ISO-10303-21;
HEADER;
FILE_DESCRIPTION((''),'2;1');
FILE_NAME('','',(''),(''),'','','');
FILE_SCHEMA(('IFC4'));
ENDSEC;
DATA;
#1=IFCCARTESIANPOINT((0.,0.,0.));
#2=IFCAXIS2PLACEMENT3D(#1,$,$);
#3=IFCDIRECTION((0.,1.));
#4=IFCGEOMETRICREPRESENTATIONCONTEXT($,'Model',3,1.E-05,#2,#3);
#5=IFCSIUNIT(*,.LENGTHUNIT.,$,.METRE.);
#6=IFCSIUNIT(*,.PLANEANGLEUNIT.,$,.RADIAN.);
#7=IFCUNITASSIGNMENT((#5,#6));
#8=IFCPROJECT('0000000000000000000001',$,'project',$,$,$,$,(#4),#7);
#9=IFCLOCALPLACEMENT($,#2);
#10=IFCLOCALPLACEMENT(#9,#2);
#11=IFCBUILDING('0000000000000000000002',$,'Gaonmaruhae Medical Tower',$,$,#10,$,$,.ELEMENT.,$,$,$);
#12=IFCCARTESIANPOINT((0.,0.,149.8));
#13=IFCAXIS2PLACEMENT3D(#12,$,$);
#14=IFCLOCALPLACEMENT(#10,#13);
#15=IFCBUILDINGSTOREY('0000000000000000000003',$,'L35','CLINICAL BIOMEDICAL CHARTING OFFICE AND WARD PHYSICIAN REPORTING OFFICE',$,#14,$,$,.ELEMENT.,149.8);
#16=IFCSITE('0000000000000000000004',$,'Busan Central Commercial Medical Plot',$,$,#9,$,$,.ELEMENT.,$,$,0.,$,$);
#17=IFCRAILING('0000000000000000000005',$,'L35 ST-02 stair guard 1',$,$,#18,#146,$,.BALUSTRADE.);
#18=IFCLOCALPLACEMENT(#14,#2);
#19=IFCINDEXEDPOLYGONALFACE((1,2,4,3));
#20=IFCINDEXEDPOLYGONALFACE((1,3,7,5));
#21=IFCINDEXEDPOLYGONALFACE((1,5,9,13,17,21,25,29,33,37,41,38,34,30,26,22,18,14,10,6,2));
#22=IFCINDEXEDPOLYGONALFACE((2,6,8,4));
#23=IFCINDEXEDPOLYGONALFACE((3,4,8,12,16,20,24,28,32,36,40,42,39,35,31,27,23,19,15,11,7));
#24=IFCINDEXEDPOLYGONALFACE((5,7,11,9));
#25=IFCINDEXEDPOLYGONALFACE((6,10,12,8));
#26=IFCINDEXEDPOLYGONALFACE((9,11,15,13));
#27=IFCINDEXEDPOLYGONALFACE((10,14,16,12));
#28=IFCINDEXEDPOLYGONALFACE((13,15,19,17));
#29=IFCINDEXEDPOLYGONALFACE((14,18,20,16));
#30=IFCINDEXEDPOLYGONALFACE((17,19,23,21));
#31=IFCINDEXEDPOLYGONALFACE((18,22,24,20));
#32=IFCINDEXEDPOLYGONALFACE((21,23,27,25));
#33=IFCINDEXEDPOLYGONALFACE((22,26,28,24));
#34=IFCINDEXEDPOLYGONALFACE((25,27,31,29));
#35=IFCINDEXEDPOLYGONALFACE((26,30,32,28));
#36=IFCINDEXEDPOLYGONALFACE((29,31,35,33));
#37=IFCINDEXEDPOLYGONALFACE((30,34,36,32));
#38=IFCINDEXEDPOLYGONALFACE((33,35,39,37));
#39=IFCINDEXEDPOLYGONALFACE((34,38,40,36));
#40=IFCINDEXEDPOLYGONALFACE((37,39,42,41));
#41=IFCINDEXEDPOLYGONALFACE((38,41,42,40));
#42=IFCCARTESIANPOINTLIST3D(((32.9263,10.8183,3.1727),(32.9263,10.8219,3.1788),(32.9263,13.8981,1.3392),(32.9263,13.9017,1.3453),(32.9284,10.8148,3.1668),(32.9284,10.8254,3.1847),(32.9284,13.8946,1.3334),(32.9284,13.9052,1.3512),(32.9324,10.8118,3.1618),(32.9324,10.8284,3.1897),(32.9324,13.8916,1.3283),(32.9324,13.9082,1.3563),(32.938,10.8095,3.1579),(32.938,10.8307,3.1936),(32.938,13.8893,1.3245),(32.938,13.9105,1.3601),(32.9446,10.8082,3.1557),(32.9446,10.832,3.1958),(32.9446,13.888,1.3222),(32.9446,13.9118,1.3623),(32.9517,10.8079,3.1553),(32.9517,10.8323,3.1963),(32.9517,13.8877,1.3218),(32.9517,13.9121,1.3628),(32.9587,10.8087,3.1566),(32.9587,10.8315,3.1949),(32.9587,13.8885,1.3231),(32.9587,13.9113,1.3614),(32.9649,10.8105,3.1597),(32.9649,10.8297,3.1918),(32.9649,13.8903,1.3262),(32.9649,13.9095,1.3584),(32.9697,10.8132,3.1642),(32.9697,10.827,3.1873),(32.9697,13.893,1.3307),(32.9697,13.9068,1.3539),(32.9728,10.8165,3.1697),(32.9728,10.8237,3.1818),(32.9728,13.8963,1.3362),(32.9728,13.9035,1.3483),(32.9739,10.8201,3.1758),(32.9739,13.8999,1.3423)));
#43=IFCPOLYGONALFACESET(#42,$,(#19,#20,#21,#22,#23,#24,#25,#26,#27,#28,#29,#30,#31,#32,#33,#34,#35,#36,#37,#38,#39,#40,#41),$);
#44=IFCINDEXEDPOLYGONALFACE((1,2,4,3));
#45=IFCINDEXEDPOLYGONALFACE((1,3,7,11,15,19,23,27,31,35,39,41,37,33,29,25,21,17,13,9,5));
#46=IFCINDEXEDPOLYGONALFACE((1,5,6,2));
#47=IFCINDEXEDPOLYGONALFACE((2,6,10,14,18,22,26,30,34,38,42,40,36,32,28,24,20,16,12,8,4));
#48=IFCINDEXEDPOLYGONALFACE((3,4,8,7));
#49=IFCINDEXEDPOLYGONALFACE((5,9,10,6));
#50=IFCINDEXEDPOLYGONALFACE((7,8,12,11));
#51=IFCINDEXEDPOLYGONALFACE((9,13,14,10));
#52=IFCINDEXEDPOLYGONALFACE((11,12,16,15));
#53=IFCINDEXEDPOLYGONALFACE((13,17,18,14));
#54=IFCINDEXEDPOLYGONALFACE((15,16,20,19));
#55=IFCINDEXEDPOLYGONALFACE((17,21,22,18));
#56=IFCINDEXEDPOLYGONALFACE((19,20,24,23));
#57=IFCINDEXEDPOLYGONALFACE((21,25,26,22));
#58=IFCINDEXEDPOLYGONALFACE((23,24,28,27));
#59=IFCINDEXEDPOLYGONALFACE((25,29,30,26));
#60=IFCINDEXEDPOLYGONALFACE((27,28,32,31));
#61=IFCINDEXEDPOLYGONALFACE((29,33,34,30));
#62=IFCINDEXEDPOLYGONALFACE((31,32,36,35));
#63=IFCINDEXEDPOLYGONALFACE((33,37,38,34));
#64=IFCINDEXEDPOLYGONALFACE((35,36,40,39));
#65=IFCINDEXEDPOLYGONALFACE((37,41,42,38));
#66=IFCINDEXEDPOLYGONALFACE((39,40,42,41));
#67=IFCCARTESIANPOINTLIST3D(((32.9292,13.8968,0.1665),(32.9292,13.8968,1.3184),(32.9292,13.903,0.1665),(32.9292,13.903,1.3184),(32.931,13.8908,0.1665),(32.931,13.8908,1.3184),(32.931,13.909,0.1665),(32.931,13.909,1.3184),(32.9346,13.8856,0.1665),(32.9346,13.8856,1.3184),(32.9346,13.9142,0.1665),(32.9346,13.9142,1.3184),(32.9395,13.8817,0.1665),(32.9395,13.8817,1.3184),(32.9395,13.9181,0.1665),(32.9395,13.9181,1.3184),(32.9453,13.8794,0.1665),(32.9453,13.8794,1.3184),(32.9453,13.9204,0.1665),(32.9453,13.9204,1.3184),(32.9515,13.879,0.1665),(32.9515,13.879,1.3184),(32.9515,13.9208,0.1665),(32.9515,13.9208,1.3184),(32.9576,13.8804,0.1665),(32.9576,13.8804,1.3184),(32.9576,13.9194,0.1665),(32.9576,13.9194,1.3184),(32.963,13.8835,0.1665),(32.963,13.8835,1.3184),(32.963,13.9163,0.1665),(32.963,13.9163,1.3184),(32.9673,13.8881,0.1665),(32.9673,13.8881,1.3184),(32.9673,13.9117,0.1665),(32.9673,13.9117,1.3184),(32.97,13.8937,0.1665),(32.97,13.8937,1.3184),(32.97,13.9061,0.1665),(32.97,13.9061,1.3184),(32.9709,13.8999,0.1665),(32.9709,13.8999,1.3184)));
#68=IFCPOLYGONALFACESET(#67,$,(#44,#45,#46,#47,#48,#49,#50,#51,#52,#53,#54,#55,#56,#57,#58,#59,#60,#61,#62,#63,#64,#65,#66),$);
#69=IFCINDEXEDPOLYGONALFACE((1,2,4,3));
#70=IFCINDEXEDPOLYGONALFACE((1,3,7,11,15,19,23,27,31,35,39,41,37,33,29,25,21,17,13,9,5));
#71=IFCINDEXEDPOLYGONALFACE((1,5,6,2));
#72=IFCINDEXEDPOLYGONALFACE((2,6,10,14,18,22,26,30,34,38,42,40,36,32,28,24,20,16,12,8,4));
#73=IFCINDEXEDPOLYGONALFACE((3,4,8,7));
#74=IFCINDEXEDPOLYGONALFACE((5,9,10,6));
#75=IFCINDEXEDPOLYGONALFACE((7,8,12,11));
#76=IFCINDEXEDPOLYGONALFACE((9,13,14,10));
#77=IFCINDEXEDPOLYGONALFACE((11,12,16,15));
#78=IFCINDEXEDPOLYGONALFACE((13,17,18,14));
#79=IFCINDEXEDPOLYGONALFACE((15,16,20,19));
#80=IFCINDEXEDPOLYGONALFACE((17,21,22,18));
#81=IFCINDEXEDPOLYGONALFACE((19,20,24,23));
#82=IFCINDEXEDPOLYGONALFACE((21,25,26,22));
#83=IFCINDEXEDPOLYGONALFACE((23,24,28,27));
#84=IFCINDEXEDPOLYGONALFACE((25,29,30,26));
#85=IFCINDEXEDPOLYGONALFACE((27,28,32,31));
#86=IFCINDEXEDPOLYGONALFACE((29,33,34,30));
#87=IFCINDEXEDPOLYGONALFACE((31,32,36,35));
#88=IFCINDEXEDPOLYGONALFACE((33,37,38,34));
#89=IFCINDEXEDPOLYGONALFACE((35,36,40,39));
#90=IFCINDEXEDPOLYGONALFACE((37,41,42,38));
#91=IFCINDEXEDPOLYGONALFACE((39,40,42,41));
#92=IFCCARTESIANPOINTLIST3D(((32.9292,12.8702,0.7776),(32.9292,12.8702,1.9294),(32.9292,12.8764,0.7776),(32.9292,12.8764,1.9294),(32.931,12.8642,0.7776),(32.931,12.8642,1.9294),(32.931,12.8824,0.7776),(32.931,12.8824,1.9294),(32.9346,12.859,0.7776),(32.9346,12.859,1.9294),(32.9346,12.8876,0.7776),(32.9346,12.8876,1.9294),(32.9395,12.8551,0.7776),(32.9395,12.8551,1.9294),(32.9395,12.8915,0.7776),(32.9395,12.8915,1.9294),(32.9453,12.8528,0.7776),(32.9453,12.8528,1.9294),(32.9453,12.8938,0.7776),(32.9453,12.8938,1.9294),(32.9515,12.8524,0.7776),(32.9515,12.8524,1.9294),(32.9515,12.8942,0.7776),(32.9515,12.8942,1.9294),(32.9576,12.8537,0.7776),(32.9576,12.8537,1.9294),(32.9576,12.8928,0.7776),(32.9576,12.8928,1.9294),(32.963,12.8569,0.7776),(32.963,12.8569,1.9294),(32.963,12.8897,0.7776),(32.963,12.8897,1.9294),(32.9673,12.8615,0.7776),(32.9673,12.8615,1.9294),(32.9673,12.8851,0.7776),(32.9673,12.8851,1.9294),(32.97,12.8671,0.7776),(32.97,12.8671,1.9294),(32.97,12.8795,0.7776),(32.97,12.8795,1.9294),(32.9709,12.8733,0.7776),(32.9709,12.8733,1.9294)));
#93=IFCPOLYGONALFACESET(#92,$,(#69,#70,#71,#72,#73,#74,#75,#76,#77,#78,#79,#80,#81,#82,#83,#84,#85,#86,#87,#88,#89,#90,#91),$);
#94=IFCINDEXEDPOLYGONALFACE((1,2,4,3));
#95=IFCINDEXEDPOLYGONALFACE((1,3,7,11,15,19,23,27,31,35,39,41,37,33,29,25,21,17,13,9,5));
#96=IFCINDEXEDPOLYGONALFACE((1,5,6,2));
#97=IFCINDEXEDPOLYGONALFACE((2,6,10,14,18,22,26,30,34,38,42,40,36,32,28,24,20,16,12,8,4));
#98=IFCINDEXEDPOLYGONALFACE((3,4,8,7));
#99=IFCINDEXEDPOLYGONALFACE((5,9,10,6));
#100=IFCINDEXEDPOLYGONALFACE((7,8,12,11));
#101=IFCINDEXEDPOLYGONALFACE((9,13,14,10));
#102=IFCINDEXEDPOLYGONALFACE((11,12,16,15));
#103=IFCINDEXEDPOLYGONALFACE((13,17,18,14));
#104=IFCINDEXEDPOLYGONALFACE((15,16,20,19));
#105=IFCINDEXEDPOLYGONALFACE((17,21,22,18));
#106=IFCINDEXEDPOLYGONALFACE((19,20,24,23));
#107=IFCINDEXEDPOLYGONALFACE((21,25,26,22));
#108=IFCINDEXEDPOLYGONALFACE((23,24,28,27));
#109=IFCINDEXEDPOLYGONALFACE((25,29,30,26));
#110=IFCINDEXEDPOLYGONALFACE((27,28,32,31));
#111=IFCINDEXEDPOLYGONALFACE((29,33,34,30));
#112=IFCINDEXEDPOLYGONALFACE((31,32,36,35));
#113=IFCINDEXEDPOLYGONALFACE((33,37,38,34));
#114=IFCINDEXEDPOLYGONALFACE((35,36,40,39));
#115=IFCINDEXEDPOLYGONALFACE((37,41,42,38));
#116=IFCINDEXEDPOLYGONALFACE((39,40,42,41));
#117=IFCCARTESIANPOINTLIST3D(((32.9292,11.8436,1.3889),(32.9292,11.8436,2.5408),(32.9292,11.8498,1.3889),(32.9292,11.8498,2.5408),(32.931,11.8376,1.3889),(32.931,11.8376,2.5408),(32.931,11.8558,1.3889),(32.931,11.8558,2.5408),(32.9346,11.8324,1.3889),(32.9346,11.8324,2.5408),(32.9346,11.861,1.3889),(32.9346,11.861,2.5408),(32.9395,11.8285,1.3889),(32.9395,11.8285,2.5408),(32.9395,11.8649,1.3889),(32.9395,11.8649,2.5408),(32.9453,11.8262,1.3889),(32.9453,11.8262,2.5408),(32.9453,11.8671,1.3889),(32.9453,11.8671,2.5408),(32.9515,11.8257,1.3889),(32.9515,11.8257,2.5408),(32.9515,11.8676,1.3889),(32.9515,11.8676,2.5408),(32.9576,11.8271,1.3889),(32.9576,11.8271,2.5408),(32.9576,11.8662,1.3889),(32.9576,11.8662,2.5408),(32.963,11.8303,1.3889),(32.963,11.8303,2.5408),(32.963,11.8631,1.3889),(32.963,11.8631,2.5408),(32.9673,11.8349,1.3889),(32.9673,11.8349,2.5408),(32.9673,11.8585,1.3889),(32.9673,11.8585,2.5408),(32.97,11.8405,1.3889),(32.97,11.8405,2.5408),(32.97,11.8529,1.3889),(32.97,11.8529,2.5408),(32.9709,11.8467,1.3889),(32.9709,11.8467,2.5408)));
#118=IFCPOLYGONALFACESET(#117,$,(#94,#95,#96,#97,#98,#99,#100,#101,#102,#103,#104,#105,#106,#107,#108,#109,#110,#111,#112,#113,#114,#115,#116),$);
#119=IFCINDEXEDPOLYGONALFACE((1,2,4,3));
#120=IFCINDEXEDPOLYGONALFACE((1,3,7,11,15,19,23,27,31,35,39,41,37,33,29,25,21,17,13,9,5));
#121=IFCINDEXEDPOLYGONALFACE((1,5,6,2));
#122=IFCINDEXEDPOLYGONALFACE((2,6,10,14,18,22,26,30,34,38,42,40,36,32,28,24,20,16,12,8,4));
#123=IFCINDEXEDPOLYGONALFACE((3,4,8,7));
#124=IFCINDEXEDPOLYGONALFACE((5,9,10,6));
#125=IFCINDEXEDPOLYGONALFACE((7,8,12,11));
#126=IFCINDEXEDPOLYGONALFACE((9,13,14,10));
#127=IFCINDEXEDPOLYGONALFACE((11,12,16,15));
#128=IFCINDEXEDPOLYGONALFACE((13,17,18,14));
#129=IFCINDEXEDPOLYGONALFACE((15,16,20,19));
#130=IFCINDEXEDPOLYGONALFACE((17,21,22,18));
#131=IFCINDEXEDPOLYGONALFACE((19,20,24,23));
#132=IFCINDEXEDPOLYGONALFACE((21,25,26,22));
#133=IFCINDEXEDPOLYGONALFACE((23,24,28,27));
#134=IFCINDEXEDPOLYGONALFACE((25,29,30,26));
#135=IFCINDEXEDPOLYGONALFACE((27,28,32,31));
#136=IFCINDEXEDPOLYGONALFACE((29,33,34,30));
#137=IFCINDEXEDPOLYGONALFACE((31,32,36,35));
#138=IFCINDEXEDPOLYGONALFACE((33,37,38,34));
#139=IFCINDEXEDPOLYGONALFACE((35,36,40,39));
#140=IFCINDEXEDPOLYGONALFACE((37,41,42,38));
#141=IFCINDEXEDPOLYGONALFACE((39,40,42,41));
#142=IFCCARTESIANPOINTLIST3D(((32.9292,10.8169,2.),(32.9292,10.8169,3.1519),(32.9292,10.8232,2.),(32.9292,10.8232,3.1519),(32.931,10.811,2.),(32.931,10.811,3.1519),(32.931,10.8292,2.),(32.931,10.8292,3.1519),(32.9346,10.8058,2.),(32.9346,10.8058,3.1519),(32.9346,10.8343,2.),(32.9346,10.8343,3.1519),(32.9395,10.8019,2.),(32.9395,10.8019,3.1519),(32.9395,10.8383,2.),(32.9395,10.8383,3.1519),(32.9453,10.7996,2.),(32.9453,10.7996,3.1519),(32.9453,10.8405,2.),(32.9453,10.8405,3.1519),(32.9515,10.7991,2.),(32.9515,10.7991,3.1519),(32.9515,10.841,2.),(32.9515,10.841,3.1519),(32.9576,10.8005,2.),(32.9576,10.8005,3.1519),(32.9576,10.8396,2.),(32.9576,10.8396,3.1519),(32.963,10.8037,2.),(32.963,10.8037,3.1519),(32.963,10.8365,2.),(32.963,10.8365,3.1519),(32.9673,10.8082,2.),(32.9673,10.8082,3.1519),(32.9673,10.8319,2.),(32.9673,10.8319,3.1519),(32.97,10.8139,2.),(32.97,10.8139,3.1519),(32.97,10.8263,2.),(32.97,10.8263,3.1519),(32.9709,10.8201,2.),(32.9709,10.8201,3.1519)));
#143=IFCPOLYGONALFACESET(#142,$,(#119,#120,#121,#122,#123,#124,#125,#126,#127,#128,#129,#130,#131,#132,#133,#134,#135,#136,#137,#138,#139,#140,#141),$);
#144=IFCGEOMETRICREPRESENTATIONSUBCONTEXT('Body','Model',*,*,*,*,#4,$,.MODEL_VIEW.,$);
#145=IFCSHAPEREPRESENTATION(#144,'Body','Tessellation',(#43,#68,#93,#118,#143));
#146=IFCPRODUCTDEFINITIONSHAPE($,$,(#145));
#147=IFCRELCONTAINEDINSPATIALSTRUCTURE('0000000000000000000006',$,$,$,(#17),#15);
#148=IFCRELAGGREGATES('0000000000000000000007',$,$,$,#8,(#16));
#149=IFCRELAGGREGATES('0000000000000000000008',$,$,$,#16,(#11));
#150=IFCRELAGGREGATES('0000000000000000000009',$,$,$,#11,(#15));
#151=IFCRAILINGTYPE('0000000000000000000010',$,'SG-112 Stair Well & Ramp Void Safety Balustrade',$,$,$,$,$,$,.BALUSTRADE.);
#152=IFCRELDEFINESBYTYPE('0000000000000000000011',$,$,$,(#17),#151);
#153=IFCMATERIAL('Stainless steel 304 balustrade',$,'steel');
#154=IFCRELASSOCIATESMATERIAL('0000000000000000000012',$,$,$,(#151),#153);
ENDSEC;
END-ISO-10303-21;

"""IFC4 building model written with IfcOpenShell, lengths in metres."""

from ifc_helpers import new_model, si_unit, direction, frame, origin, origin_2d, place, context, subcontext, project, spatial, circle, extrude, material, type_object, element, save


model = new_model("IFC4")

# Units and contexts
model_context = context("Model", 3, precision=1e-05, world=origin(), true_north=direction((0.0, 1.0)))
body_context = subcontext(model_context, "Body", "Model", "MODEL_VIEW")
ifc_project = project(units=[si_unit("LENGTHUNIT", "METRE"), si_unit("PLANEANGLEUNIT", "RADIAN")], contexts=[model_context])

# Site, building, storey
site_placement = place(None, origin())
site = spatial("IfcSite", under=ifc_project, at=site_placement, Name="Busan Central Commercial Medical Plot", CompositionType="ELEMENT", RefElevation=0.0)
building_placement = place(site_placement, origin())
building = spatial("IfcBuilding", under=site, at=building_placement, Name="Gaonmaruhae Medical Tower", CompositionType="ELEMENT")
storey_placement = place(building_placement, frame((0.0, 0.0, 149.8)))
storey = spatial("IfcBuildingStorey", under=building, at=storey_placement, Name="L35", Description="CLINICAL BIOMEDICAL CHARTING OFFICE AND WARD PHYSICIAN REPORTING OFFICE", CompositionType="ELEMENT", Elevation=149.8)

# Railing
ifc_material_1 = material(Name="Stainless steel 304 balustrade", Category="steel")
railing_type_1 = type_object("IfcRailingType", Name="SG-112 Stair Well & Ramp Void Safety Balustrade", PredefinedType="BALUSTRADE", material=ifc_material_1)
railing_1_placement = place(storey_placement, frame((32.95, 13.8999, 0.1665)))
element("IfcRailing", 1, at=railing_1_placement, inside=storey, type_object=railing_type_1, Name="L35 ST-02 stair guard 1", PredefinedType="BALUSTRADE", context=body_context, shape_type="SweptSolid", body=[
    extrude(circle(Radius=0.0239, at=origin_2d()), frame((0.0, 0.0, 1.1758), z_axis=(0.0, -0.859261, 0.511538), x_axis=(1.0, 0.0, 0.0)), (0.0, 0.0, 1.0), 3.5842),
    extrude(circle(Radius=0.021, at=origin_2d()), origin(), (0.0, 0.0, 1.0), 1.1519),
    extrude(circle(Radius=0.021, at=origin_2d()), frame((0.0, -1.0266, 0.6111)), (0.0, 0.0, 1.0), 1.1519),
    extrude(circle(Radius=0.021, at=origin_2d()), frame((0.0, -2.0532, 1.2224)), (0.0, 0.0, 1.0), 1.1519),
    extrude(circle(Radius=0.021, at=origin_2d()), frame((0.0, -3.0798, 1.8335)), (0.0, 0.0, 1.0), 1.1519),
])

save(model, "model.ifc")
